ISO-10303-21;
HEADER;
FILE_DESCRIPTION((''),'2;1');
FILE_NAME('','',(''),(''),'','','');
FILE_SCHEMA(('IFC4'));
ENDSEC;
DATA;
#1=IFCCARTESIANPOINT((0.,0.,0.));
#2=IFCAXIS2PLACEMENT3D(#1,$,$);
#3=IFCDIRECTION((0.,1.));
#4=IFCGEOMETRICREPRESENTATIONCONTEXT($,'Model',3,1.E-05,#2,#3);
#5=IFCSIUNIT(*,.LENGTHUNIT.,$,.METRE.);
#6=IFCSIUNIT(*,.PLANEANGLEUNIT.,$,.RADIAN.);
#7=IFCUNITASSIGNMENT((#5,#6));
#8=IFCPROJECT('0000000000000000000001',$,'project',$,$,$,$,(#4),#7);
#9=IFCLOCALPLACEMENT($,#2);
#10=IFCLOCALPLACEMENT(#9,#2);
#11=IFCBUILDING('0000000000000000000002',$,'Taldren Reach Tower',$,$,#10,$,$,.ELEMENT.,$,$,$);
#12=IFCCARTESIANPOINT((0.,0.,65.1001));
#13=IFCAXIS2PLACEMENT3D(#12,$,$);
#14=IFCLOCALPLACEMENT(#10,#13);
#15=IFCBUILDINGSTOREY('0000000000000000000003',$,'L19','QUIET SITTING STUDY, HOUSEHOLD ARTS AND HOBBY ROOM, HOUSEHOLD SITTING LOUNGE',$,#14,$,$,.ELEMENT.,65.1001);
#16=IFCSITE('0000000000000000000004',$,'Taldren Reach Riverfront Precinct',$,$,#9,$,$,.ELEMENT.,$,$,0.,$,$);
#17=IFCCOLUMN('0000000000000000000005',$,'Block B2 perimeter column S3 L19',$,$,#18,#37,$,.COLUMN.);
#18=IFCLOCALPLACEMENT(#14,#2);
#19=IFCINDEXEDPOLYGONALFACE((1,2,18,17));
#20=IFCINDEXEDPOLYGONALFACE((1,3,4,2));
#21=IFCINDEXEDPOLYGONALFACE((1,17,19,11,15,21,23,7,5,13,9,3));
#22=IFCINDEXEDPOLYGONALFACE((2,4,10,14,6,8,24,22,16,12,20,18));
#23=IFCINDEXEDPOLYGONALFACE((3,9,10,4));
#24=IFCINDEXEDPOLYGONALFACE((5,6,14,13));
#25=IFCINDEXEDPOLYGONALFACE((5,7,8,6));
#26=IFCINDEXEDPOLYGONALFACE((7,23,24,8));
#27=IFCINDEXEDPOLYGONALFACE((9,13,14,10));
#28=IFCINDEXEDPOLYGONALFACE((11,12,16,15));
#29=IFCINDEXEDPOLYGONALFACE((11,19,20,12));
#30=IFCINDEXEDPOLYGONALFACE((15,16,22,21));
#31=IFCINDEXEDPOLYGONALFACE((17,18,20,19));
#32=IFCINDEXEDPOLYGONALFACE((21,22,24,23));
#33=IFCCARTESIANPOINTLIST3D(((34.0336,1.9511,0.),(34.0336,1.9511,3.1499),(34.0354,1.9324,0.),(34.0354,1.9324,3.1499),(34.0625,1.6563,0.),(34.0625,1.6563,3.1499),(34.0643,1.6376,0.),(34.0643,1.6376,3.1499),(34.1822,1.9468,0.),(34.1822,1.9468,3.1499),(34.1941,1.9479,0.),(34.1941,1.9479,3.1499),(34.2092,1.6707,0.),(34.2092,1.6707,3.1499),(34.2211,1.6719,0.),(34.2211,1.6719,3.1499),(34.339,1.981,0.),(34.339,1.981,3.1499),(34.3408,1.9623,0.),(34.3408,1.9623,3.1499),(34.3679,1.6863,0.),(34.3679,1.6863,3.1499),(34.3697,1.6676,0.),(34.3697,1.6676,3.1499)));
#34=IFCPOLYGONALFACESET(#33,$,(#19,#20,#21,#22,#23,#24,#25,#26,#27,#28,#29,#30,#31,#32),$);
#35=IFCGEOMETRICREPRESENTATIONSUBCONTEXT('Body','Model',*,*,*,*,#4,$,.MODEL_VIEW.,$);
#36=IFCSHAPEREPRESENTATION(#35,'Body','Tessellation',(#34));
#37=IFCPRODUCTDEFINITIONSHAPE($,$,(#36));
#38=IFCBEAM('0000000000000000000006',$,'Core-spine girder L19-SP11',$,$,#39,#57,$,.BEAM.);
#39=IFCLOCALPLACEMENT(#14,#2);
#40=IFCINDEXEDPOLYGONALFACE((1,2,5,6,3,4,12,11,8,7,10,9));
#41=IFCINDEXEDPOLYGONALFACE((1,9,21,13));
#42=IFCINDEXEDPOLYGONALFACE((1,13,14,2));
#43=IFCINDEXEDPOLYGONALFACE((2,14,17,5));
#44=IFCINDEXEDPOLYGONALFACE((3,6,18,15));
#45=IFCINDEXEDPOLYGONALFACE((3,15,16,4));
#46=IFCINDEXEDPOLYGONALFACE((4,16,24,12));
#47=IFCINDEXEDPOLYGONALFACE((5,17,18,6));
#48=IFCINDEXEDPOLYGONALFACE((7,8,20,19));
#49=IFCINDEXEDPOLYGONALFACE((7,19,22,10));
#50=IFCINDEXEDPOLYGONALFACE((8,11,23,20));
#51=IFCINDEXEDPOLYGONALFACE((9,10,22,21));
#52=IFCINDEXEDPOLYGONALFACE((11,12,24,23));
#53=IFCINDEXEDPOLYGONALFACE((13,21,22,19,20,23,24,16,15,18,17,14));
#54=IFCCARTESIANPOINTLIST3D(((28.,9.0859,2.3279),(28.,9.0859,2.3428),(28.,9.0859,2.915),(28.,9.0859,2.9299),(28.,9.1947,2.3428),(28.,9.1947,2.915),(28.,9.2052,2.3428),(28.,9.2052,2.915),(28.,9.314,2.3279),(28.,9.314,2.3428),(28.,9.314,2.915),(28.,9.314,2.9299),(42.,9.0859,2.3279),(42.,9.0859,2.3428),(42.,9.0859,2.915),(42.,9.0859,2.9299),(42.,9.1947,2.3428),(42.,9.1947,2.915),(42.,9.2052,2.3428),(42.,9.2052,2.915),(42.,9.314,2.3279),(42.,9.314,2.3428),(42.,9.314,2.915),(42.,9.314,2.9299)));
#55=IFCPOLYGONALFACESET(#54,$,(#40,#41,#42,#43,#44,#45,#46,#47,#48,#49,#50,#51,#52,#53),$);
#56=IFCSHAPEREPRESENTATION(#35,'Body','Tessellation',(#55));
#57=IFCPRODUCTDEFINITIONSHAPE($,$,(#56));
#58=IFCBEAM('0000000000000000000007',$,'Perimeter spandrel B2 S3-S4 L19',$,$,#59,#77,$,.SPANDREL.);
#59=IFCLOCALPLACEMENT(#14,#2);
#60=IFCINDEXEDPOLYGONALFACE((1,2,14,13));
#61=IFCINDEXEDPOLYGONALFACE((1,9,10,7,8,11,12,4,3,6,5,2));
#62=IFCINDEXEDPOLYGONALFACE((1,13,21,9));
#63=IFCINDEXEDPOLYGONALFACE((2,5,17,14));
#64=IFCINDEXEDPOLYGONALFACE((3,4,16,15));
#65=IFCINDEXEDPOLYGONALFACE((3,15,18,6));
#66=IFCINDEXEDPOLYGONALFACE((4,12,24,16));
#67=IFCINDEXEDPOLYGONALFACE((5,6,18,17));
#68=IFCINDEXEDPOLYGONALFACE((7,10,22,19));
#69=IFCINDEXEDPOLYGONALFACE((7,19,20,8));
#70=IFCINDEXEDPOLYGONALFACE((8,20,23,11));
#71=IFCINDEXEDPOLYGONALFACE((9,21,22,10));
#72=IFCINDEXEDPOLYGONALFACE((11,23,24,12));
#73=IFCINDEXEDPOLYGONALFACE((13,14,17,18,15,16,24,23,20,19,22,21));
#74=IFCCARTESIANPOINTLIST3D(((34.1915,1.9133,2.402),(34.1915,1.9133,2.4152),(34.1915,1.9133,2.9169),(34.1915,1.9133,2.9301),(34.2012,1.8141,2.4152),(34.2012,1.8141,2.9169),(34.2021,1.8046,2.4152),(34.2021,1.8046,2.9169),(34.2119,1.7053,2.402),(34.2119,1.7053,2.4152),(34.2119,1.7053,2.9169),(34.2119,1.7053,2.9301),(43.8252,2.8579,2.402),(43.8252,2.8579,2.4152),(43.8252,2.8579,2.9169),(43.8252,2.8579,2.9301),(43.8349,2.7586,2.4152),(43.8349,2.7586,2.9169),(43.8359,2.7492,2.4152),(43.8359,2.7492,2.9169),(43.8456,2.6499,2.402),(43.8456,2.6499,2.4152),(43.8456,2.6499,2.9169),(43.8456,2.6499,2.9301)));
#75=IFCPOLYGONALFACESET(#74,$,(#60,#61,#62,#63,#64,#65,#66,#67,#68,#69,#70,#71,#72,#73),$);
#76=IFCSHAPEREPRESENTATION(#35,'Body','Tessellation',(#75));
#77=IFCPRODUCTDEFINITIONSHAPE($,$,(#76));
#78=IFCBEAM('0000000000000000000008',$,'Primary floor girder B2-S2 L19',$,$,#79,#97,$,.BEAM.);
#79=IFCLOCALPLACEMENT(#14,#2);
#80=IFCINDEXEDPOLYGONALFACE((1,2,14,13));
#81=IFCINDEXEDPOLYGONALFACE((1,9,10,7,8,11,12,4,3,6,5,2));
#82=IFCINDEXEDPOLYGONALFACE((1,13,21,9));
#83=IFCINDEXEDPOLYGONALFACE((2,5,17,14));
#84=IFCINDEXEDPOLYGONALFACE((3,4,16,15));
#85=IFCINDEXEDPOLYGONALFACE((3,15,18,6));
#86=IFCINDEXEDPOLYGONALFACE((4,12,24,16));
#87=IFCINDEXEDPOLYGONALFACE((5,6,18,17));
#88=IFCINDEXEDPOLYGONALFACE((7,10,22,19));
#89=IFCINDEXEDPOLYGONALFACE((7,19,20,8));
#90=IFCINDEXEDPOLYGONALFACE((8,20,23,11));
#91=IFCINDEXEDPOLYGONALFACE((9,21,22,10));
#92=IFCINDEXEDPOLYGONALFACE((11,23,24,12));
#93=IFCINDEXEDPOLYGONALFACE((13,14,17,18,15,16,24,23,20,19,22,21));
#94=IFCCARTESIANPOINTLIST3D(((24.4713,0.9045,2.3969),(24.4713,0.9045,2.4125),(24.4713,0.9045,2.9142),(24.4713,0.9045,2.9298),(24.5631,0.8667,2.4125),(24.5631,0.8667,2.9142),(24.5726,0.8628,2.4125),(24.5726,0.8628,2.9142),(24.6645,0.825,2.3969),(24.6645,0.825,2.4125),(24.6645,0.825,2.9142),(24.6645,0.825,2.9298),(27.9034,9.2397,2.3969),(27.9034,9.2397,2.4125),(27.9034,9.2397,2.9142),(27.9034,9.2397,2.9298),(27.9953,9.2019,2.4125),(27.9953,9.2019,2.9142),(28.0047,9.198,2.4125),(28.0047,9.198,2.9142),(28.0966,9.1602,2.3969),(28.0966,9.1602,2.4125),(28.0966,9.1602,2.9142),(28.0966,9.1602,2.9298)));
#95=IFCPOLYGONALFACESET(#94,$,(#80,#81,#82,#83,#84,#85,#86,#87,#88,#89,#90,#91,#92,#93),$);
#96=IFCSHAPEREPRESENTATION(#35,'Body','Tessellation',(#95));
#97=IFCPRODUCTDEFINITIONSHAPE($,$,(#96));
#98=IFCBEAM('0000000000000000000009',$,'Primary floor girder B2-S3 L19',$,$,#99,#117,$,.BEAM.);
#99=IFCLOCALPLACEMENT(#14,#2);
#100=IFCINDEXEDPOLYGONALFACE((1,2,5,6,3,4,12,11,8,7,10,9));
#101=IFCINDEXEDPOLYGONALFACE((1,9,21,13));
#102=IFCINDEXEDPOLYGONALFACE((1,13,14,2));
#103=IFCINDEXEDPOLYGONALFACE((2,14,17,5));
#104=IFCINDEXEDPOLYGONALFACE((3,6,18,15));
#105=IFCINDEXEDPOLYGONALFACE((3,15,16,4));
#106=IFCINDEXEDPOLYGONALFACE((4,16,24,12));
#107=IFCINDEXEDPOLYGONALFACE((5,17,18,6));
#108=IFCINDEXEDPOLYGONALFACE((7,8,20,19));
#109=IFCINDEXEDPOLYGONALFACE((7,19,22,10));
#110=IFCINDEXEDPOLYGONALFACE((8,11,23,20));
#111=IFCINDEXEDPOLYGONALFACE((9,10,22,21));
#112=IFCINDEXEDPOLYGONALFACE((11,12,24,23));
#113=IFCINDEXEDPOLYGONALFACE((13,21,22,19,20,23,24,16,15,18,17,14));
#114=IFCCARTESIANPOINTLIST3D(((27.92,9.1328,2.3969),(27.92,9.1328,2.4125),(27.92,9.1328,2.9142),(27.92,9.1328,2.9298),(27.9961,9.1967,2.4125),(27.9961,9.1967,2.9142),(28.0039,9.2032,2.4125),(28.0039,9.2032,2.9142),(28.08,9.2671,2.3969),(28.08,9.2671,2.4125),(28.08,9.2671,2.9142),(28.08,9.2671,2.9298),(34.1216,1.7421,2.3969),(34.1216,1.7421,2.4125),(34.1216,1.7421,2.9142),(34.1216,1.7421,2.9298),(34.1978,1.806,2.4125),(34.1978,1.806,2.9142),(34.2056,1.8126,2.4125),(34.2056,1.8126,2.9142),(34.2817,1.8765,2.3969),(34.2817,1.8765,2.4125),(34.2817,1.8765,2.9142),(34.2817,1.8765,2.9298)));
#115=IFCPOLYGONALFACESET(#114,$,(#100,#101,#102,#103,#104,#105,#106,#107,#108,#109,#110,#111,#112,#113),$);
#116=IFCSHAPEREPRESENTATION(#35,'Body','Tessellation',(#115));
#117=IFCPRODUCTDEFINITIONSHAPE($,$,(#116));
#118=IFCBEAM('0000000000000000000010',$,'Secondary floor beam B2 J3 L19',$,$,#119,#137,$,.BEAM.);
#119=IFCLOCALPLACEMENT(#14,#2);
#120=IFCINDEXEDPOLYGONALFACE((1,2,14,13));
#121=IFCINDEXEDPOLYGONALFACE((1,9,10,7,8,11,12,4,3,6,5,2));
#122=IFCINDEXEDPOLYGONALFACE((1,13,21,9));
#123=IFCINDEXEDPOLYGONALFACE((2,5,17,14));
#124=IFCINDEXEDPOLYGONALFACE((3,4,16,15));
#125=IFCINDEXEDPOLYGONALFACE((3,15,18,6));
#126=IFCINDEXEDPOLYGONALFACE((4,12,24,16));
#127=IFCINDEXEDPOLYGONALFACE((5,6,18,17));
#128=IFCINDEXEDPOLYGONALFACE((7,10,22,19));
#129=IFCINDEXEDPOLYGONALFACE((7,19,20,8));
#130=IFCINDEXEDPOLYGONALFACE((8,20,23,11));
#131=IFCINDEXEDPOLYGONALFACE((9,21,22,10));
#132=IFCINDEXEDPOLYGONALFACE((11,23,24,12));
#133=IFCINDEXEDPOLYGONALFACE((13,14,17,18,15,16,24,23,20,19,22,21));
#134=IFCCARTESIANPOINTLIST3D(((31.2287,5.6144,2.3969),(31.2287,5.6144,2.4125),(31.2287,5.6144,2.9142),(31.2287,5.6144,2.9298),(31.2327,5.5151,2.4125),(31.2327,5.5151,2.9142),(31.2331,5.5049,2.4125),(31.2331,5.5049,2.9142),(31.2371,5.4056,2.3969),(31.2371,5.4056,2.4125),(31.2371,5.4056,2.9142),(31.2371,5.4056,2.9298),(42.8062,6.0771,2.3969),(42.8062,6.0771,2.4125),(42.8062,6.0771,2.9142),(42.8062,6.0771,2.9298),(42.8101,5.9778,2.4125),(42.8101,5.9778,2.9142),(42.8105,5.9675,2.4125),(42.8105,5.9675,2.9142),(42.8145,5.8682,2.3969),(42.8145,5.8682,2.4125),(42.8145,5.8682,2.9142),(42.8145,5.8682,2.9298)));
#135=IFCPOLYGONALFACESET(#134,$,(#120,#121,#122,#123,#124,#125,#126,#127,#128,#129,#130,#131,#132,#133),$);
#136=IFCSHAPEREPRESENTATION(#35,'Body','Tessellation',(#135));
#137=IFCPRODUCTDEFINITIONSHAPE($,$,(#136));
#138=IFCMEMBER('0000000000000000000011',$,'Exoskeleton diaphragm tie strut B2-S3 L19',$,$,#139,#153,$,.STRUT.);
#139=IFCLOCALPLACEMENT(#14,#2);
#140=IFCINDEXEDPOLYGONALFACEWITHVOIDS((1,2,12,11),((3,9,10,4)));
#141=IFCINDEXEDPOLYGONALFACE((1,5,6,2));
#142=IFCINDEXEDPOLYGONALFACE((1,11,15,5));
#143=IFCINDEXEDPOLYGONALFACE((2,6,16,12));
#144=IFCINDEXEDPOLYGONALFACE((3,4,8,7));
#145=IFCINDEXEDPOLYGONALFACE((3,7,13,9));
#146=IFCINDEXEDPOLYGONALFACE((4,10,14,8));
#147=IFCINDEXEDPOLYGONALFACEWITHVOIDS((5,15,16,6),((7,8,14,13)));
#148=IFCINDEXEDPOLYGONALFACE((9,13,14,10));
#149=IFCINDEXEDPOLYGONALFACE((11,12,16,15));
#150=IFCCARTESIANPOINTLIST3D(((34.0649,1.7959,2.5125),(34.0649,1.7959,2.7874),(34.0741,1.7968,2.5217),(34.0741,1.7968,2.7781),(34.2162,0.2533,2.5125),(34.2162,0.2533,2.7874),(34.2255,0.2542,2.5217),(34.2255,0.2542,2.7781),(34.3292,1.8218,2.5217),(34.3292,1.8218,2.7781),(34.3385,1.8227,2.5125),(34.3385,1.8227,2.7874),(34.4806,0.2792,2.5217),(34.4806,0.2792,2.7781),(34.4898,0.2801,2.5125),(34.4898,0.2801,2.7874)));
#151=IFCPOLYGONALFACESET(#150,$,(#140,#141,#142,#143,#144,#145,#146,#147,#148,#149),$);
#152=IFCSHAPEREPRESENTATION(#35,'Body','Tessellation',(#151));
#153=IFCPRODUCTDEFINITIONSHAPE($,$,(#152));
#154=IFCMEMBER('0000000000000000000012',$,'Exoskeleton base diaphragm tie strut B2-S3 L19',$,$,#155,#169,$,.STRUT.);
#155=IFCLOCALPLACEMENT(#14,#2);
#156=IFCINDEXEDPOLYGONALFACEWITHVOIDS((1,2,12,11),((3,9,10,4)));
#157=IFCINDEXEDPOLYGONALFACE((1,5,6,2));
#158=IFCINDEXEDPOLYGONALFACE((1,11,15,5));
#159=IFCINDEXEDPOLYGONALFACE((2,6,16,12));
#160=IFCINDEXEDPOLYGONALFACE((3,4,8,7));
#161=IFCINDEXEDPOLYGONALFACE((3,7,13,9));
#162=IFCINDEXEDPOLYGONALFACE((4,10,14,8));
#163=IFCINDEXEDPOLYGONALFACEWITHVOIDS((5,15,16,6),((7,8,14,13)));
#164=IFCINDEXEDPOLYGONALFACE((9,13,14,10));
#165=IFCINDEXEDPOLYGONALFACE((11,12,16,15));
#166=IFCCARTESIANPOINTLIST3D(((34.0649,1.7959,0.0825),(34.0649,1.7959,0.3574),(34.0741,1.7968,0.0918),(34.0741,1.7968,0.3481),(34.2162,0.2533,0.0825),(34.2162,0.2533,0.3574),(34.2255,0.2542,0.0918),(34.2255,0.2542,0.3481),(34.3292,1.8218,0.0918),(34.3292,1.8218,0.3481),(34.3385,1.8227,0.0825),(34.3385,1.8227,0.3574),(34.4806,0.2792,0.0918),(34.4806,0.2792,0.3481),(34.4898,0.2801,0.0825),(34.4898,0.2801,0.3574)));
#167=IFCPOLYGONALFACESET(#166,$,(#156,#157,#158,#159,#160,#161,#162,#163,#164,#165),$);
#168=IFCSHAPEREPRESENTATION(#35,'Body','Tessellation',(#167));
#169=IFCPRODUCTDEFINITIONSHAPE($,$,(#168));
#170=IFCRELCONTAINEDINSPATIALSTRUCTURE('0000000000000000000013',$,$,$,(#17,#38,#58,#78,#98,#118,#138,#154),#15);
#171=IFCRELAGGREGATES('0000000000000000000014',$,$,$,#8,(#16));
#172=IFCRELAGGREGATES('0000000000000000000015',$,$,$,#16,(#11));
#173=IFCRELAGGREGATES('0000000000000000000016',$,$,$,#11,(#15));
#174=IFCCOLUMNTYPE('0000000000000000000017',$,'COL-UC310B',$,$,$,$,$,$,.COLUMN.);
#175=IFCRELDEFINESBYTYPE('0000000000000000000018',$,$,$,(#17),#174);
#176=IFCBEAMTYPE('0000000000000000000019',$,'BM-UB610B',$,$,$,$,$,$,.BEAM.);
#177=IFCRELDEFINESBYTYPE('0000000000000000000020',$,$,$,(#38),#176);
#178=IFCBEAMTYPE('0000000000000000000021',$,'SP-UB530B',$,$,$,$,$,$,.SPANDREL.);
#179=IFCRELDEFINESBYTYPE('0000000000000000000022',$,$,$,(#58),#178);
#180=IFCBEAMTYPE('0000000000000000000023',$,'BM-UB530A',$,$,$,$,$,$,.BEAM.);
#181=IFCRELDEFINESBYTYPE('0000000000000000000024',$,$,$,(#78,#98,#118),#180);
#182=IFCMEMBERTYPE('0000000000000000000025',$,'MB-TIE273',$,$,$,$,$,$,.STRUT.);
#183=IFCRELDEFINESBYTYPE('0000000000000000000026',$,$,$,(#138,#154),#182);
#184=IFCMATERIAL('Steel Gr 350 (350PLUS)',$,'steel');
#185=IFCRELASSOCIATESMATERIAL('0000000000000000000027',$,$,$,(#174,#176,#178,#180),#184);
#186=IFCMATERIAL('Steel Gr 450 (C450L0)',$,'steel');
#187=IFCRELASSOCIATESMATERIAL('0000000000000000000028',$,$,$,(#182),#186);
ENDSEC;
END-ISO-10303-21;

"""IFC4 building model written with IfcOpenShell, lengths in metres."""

from ifc_helpers import new_model, si_unit, direction, frame, origin, origin_2d, place, context, subcontext, project, spatial, hollow_rectangle, i_section, extrude, source, transform, mapped, material, material_profile, profile_set, type_object, element, save


model = new_model("IFC4")

# Units and contexts
model_context = context("Model", 3, precision=1e-05, world=origin(), true_north=direction((0.0, 1.0)))
body_context = subcontext(model_context, "Body", "Model", "MODEL_VIEW")
ifc_project = project(units=[si_unit("LENGTHUNIT", "METRE"), si_unit("PLANEANGLEUNIT", "RADIAN")], contexts=[model_context])

# Site, building, storey
site_placement = place(None, origin())
site = spatial("IfcSite", under=ifc_project, at=site_placement, Name="Taldren Reach Riverfront Precinct", CompositionType="ELEMENT", RefElevation=0.0)
building_placement = place(site_placement, origin())
building = spatial("IfcBuilding", under=site, at=building_placement, Name="Taldren Reach Tower", CompositionType="ELEMENT")
storey_placement = place(building_placement, frame((0.0, 0.0, 65.1001)))
storey = spatial("IfcBuildingStorey", under=building, at=storey_placement, Name="L19", Description="QUIET SITTING STUDY, HOUSEHOLD ARTS AND HOBBY ROOM, HOUSEHOLD SITTING LOUNGE", CompositionType="ELEMENT", Elevation=65.1001)

# Column
ifc_material_1 = material(Name="Steel Gr 350 (350PLUS)", Category="steel")
ifc_material_profile_1 = material_profile(ifc_material_1, i_section(OverallWidth=0.3069, OverallDepth=0.3149, WebThickness=0.012, FlangeThickness=0.0188, at=origin_2d()), Name="310UC118")
ifc_profile_set_1 = profile_set([ifc_material_profile_1], Name="Steel Gr 350 (350PLUS)")
column_type = type_object("IfcColumnType", Name="COL-UC310B", PredefinedType="COLUMN", material=ifc_profile_set_1)
shared_shape_1 = source(origin(), body_context, "Body", "SweptSolid", [
    extrude(i_section(OverallWidth=0.3069, OverallDepth=0.3149, WebThickness=0.012, FlangeThickness=0.0188, at=origin_2d()), origin(), (0.0, 0.0, 1.0), 3.1499),
])
column_placement = place(storey_placement, frame((34.2017, 1.8093, 0.0), z_axis=(0.0, 0.0, 1.0), x_axis=(0.995227, 0.097583, 0.0)))
element("IfcColumn", 1, at=column_placement, inside=storey, type_object=column_type, Name="Block B2 perimeter column S3 L19", PredefinedType="COLUMN", context=body_context, shape_type="MappedRepresentation", body=[
    mapped(shared_shape_1, transform((0.0, 0.0, 0.0), scale=1.0)),
])

# Beams
ifc_material_profile_2 = material_profile(ifc_material_1, i_section(OverallWidth=0.228, OverallDepth=0.6021, WebThickness=0.0105, FlangeThickness=0.0149, at=origin_2d()), Name="610UB101")
ifc_profile_set_2 = profile_set([ifc_material_profile_2], Name="Steel Gr 350 (350PLUS)")
beam_type_1 = type_object("IfcBeamType", Name="BM-UB610B", PredefinedType="BEAM", material=ifc_profile_set_2)
shared_shape_2 = source(origin(), body_context, "Body", "SweptSolid", [
    extrude(i_section(OverallWidth=0.228, OverallDepth=0.6021, WebThickness=0.0105, FlangeThickness=0.0149, at=origin_2d()), origin(), (0.0, 0.0, 1.0), 14.0),
])
beam_1_placement = place(storey_placement, frame((28.0, 9.2, 2.6289), z_axis=(1.0, 0.0, 0.0), x_axis=(0.0, 1.0, 0.0)))
element("IfcBeam", 2, at=beam_1_placement, inside=storey, type_object=beam_type_1, Name="Core-spine girder L19-SP11", PredefinedType="BEAM", context=body_context, shape_type="MappedRepresentation", body=[
    mapped(shared_shape_2, transform((0.0, 0.0, 0.0), scale=1.0)),
])
ifc_material_profile_3 = material_profile(ifc_material_1, i_section(OverallWidth=0.209, OverallDepth=0.5281, WebThickness=0.0095, FlangeThickness=0.0132, at=origin_2d()), Name="530UB82.0")
ifc_profile_set_3 = profile_set([ifc_material_profile_3], Name="Steel Gr 350 (350PLUS)")
beam_type_2 = type_object("IfcBeamType", Name="SP-UB530B", PredefinedType="SPANDREL", material=ifc_profile_set_3)
shared_shape_3 = source(origin(), body_context, "Body", "SweptSolid", [
    extrude(i_section(OverallWidth=0.209, OverallDepth=0.5281, WebThickness=0.0095, FlangeThickness=0.0132, at=origin_2d()), origin(), (0.0, 0.0, 1.0), 9.6799),
])
beam_2_placement = place(storey_placement, frame((34.2017, 1.8093, 2.666), z_axis=(0.995228, 0.097581, 0.0), x_axis=(-0.097581, 0.995228, 0.0)))
element("IfcBeam", 3, at=beam_2_placement, inside=storey, type_object=beam_type_2, Name="Perimeter spandrel B2 S3-S4 L19", PredefinedType="SPANDREL", context=body_context, shape_type="MappedRepresentation", body=[
    mapped(shared_shape_3, transform((0.0, 0.0, 0.0), scale=1.0)),
])
ifc_material_profile_4 = material_profile(ifc_material_1, i_section(OverallWidth=0.209, OverallDepth=0.533, WebThickness=0.0103, FlangeThickness=0.0156, at=origin_2d()), Name="530UB92.4")
ifc_profile_set_4 = profile_set([ifc_material_profile_4], Name="Steel Gr 350 (350PLUS)")
beam_type_3 = type_object("IfcBeamType", Name="BM-UB530A", PredefinedType="BEAM", material=ifc_profile_set_4)
shared_shape_4 = source(origin(), body_context, "Body", "SweptSolid", [
    extrude(i_section(OverallWidth=0.209, OverallDepth=0.533, WebThickness=0.0103, FlangeThickness=0.0156, at=origin_2d()), origin(), (0.0, 0.0, 1.0), 9.0142),
])
beam_3_placement = place(storey_placement, frame((28.0, 9.2, 2.6633), z_axis=(-0.380748, -0.924679, 0.0), x_axis=(0.924679, -0.380748, 0.0)))
element("IfcBeam", 4, at=beam_3_placement, inside=storey, type_object=beam_type_3, Name="Primary floor girder B2-S2 L19", PredefinedType="BEAM", context=body_context, shape_type="MappedRepresentation", body=[
    mapped(shared_shape_4, transform((0.0, 0.0, 0.0), scale=1.0)),
])
shared_shape_5 = source(origin(), body_context, "Body", "SweptSolid", [
    extrude(i_section(OverallWidth=0.209, OverallDepth=0.533, WebThickness=0.0103, FlangeThickness=0.0156, at=origin_2d()), origin(), (0.0, 0.0, 1.0), 9.6479),
])
beam_4_placement = place(storey_placement, frame((28.0, 9.2, 2.6633), z_axis=(0.642799, -0.766035, 0.0), x_axis=(0.766035, 0.642799, 0.0)))
element("IfcBeam", 5, at=beam_4_placement, inside=storey, type_object=beam_type_3, Name="Primary floor girder B2-S3 L19", PredefinedType="BEAM", context=body_context, shape_type="MappedRepresentation", body=[
    mapped(shared_shape_5, transform((0.0, 0.0, 0.0), scale=1.0)),
])
shared_shape_6 = source(origin(), body_context, "Body", "SweptSolid", [
    extrude(i_section(OverallWidth=0.209, OverallDepth=0.533, WebThickness=0.0103, FlangeThickness=0.0156, at=origin_2d()), origin(), (0.0, 0.0, 1.0), 11.5867),
])
beam_5_placement = place(storey_placement, frame((31.2329, 5.51, 2.6633), z_axis=(0.999203, 0.039929, 0.0), x_axis=(-0.039929, 0.999203, 0.0)))
element("IfcBeam", 6, at=beam_5_placement, inside=storey, type_object=beam_type_3, Name="Secondary floor beam B2 J3 L19", PredefinedType="BEAM", context=body_context, shape_type="MappedRepresentation", body=[
    mapped(shared_shape_6, transform((0.0, 0.0, 0.0), scale=1.0)),
])

# Members
ifc_material_2 = material(Name="Steel Gr 450 (C450L0)", Category="steel")
ifc_material_profile_5 = material_profile(ifc_material_2, hollow_rectangle(XDim=0.2749, YDim=0.2749, WallThickness=0.0093, at=origin_2d()), Name="275x275x9.3SHS")
ifc_profile_set_5 = profile_set([ifc_material_profile_5], Name="Steel Gr 450 (C450L0)")
member_type_1 = type_object("IfcMemberType", Name="MB-TIE273", PredefinedType="STRUT", material=ifc_profile_set_5)
shared_shape_7 = source(origin(), body_context, "Body", "SweptSolid", [
    extrude(hollow_rectangle(XDim=0.2749, YDim=0.2749, WallThickness=0.0093, at=origin_2d()), origin(), (0.0, 0.0, 1.0), 1.55),
])
for number, where, z_axis, x_axis, name in (
    (7, (34.2017, 1.8093, 2.6499), (0.097648, -0.995221, 0.0), (0.995221, 0.097648, 0.0), "Exoskeleton diaphragm tie strut B2-S3 L19"),
    (8, (34.2017, 1.8093, 0.22), (0.097648, -0.995221, 0.0), (0.995221, 0.097648, 0.0), "Exoskeleton base diaphragm tie strut B2-S3 L19"),
):
    element("IfcMember", number, at=place(storey_placement, frame(where, z_axis=z_axis, x_axis=x_axis)), inside=storey, type_object=member_type_1, Name=name, PredefinedType="STRUT", context=body_context, shape_type="MappedRepresentation", body=[
        mapped(shared_shape_7, transform((0.0, 0.0, 0.0), scale=1.0)),
    ])

save(model, "model.ifc")
